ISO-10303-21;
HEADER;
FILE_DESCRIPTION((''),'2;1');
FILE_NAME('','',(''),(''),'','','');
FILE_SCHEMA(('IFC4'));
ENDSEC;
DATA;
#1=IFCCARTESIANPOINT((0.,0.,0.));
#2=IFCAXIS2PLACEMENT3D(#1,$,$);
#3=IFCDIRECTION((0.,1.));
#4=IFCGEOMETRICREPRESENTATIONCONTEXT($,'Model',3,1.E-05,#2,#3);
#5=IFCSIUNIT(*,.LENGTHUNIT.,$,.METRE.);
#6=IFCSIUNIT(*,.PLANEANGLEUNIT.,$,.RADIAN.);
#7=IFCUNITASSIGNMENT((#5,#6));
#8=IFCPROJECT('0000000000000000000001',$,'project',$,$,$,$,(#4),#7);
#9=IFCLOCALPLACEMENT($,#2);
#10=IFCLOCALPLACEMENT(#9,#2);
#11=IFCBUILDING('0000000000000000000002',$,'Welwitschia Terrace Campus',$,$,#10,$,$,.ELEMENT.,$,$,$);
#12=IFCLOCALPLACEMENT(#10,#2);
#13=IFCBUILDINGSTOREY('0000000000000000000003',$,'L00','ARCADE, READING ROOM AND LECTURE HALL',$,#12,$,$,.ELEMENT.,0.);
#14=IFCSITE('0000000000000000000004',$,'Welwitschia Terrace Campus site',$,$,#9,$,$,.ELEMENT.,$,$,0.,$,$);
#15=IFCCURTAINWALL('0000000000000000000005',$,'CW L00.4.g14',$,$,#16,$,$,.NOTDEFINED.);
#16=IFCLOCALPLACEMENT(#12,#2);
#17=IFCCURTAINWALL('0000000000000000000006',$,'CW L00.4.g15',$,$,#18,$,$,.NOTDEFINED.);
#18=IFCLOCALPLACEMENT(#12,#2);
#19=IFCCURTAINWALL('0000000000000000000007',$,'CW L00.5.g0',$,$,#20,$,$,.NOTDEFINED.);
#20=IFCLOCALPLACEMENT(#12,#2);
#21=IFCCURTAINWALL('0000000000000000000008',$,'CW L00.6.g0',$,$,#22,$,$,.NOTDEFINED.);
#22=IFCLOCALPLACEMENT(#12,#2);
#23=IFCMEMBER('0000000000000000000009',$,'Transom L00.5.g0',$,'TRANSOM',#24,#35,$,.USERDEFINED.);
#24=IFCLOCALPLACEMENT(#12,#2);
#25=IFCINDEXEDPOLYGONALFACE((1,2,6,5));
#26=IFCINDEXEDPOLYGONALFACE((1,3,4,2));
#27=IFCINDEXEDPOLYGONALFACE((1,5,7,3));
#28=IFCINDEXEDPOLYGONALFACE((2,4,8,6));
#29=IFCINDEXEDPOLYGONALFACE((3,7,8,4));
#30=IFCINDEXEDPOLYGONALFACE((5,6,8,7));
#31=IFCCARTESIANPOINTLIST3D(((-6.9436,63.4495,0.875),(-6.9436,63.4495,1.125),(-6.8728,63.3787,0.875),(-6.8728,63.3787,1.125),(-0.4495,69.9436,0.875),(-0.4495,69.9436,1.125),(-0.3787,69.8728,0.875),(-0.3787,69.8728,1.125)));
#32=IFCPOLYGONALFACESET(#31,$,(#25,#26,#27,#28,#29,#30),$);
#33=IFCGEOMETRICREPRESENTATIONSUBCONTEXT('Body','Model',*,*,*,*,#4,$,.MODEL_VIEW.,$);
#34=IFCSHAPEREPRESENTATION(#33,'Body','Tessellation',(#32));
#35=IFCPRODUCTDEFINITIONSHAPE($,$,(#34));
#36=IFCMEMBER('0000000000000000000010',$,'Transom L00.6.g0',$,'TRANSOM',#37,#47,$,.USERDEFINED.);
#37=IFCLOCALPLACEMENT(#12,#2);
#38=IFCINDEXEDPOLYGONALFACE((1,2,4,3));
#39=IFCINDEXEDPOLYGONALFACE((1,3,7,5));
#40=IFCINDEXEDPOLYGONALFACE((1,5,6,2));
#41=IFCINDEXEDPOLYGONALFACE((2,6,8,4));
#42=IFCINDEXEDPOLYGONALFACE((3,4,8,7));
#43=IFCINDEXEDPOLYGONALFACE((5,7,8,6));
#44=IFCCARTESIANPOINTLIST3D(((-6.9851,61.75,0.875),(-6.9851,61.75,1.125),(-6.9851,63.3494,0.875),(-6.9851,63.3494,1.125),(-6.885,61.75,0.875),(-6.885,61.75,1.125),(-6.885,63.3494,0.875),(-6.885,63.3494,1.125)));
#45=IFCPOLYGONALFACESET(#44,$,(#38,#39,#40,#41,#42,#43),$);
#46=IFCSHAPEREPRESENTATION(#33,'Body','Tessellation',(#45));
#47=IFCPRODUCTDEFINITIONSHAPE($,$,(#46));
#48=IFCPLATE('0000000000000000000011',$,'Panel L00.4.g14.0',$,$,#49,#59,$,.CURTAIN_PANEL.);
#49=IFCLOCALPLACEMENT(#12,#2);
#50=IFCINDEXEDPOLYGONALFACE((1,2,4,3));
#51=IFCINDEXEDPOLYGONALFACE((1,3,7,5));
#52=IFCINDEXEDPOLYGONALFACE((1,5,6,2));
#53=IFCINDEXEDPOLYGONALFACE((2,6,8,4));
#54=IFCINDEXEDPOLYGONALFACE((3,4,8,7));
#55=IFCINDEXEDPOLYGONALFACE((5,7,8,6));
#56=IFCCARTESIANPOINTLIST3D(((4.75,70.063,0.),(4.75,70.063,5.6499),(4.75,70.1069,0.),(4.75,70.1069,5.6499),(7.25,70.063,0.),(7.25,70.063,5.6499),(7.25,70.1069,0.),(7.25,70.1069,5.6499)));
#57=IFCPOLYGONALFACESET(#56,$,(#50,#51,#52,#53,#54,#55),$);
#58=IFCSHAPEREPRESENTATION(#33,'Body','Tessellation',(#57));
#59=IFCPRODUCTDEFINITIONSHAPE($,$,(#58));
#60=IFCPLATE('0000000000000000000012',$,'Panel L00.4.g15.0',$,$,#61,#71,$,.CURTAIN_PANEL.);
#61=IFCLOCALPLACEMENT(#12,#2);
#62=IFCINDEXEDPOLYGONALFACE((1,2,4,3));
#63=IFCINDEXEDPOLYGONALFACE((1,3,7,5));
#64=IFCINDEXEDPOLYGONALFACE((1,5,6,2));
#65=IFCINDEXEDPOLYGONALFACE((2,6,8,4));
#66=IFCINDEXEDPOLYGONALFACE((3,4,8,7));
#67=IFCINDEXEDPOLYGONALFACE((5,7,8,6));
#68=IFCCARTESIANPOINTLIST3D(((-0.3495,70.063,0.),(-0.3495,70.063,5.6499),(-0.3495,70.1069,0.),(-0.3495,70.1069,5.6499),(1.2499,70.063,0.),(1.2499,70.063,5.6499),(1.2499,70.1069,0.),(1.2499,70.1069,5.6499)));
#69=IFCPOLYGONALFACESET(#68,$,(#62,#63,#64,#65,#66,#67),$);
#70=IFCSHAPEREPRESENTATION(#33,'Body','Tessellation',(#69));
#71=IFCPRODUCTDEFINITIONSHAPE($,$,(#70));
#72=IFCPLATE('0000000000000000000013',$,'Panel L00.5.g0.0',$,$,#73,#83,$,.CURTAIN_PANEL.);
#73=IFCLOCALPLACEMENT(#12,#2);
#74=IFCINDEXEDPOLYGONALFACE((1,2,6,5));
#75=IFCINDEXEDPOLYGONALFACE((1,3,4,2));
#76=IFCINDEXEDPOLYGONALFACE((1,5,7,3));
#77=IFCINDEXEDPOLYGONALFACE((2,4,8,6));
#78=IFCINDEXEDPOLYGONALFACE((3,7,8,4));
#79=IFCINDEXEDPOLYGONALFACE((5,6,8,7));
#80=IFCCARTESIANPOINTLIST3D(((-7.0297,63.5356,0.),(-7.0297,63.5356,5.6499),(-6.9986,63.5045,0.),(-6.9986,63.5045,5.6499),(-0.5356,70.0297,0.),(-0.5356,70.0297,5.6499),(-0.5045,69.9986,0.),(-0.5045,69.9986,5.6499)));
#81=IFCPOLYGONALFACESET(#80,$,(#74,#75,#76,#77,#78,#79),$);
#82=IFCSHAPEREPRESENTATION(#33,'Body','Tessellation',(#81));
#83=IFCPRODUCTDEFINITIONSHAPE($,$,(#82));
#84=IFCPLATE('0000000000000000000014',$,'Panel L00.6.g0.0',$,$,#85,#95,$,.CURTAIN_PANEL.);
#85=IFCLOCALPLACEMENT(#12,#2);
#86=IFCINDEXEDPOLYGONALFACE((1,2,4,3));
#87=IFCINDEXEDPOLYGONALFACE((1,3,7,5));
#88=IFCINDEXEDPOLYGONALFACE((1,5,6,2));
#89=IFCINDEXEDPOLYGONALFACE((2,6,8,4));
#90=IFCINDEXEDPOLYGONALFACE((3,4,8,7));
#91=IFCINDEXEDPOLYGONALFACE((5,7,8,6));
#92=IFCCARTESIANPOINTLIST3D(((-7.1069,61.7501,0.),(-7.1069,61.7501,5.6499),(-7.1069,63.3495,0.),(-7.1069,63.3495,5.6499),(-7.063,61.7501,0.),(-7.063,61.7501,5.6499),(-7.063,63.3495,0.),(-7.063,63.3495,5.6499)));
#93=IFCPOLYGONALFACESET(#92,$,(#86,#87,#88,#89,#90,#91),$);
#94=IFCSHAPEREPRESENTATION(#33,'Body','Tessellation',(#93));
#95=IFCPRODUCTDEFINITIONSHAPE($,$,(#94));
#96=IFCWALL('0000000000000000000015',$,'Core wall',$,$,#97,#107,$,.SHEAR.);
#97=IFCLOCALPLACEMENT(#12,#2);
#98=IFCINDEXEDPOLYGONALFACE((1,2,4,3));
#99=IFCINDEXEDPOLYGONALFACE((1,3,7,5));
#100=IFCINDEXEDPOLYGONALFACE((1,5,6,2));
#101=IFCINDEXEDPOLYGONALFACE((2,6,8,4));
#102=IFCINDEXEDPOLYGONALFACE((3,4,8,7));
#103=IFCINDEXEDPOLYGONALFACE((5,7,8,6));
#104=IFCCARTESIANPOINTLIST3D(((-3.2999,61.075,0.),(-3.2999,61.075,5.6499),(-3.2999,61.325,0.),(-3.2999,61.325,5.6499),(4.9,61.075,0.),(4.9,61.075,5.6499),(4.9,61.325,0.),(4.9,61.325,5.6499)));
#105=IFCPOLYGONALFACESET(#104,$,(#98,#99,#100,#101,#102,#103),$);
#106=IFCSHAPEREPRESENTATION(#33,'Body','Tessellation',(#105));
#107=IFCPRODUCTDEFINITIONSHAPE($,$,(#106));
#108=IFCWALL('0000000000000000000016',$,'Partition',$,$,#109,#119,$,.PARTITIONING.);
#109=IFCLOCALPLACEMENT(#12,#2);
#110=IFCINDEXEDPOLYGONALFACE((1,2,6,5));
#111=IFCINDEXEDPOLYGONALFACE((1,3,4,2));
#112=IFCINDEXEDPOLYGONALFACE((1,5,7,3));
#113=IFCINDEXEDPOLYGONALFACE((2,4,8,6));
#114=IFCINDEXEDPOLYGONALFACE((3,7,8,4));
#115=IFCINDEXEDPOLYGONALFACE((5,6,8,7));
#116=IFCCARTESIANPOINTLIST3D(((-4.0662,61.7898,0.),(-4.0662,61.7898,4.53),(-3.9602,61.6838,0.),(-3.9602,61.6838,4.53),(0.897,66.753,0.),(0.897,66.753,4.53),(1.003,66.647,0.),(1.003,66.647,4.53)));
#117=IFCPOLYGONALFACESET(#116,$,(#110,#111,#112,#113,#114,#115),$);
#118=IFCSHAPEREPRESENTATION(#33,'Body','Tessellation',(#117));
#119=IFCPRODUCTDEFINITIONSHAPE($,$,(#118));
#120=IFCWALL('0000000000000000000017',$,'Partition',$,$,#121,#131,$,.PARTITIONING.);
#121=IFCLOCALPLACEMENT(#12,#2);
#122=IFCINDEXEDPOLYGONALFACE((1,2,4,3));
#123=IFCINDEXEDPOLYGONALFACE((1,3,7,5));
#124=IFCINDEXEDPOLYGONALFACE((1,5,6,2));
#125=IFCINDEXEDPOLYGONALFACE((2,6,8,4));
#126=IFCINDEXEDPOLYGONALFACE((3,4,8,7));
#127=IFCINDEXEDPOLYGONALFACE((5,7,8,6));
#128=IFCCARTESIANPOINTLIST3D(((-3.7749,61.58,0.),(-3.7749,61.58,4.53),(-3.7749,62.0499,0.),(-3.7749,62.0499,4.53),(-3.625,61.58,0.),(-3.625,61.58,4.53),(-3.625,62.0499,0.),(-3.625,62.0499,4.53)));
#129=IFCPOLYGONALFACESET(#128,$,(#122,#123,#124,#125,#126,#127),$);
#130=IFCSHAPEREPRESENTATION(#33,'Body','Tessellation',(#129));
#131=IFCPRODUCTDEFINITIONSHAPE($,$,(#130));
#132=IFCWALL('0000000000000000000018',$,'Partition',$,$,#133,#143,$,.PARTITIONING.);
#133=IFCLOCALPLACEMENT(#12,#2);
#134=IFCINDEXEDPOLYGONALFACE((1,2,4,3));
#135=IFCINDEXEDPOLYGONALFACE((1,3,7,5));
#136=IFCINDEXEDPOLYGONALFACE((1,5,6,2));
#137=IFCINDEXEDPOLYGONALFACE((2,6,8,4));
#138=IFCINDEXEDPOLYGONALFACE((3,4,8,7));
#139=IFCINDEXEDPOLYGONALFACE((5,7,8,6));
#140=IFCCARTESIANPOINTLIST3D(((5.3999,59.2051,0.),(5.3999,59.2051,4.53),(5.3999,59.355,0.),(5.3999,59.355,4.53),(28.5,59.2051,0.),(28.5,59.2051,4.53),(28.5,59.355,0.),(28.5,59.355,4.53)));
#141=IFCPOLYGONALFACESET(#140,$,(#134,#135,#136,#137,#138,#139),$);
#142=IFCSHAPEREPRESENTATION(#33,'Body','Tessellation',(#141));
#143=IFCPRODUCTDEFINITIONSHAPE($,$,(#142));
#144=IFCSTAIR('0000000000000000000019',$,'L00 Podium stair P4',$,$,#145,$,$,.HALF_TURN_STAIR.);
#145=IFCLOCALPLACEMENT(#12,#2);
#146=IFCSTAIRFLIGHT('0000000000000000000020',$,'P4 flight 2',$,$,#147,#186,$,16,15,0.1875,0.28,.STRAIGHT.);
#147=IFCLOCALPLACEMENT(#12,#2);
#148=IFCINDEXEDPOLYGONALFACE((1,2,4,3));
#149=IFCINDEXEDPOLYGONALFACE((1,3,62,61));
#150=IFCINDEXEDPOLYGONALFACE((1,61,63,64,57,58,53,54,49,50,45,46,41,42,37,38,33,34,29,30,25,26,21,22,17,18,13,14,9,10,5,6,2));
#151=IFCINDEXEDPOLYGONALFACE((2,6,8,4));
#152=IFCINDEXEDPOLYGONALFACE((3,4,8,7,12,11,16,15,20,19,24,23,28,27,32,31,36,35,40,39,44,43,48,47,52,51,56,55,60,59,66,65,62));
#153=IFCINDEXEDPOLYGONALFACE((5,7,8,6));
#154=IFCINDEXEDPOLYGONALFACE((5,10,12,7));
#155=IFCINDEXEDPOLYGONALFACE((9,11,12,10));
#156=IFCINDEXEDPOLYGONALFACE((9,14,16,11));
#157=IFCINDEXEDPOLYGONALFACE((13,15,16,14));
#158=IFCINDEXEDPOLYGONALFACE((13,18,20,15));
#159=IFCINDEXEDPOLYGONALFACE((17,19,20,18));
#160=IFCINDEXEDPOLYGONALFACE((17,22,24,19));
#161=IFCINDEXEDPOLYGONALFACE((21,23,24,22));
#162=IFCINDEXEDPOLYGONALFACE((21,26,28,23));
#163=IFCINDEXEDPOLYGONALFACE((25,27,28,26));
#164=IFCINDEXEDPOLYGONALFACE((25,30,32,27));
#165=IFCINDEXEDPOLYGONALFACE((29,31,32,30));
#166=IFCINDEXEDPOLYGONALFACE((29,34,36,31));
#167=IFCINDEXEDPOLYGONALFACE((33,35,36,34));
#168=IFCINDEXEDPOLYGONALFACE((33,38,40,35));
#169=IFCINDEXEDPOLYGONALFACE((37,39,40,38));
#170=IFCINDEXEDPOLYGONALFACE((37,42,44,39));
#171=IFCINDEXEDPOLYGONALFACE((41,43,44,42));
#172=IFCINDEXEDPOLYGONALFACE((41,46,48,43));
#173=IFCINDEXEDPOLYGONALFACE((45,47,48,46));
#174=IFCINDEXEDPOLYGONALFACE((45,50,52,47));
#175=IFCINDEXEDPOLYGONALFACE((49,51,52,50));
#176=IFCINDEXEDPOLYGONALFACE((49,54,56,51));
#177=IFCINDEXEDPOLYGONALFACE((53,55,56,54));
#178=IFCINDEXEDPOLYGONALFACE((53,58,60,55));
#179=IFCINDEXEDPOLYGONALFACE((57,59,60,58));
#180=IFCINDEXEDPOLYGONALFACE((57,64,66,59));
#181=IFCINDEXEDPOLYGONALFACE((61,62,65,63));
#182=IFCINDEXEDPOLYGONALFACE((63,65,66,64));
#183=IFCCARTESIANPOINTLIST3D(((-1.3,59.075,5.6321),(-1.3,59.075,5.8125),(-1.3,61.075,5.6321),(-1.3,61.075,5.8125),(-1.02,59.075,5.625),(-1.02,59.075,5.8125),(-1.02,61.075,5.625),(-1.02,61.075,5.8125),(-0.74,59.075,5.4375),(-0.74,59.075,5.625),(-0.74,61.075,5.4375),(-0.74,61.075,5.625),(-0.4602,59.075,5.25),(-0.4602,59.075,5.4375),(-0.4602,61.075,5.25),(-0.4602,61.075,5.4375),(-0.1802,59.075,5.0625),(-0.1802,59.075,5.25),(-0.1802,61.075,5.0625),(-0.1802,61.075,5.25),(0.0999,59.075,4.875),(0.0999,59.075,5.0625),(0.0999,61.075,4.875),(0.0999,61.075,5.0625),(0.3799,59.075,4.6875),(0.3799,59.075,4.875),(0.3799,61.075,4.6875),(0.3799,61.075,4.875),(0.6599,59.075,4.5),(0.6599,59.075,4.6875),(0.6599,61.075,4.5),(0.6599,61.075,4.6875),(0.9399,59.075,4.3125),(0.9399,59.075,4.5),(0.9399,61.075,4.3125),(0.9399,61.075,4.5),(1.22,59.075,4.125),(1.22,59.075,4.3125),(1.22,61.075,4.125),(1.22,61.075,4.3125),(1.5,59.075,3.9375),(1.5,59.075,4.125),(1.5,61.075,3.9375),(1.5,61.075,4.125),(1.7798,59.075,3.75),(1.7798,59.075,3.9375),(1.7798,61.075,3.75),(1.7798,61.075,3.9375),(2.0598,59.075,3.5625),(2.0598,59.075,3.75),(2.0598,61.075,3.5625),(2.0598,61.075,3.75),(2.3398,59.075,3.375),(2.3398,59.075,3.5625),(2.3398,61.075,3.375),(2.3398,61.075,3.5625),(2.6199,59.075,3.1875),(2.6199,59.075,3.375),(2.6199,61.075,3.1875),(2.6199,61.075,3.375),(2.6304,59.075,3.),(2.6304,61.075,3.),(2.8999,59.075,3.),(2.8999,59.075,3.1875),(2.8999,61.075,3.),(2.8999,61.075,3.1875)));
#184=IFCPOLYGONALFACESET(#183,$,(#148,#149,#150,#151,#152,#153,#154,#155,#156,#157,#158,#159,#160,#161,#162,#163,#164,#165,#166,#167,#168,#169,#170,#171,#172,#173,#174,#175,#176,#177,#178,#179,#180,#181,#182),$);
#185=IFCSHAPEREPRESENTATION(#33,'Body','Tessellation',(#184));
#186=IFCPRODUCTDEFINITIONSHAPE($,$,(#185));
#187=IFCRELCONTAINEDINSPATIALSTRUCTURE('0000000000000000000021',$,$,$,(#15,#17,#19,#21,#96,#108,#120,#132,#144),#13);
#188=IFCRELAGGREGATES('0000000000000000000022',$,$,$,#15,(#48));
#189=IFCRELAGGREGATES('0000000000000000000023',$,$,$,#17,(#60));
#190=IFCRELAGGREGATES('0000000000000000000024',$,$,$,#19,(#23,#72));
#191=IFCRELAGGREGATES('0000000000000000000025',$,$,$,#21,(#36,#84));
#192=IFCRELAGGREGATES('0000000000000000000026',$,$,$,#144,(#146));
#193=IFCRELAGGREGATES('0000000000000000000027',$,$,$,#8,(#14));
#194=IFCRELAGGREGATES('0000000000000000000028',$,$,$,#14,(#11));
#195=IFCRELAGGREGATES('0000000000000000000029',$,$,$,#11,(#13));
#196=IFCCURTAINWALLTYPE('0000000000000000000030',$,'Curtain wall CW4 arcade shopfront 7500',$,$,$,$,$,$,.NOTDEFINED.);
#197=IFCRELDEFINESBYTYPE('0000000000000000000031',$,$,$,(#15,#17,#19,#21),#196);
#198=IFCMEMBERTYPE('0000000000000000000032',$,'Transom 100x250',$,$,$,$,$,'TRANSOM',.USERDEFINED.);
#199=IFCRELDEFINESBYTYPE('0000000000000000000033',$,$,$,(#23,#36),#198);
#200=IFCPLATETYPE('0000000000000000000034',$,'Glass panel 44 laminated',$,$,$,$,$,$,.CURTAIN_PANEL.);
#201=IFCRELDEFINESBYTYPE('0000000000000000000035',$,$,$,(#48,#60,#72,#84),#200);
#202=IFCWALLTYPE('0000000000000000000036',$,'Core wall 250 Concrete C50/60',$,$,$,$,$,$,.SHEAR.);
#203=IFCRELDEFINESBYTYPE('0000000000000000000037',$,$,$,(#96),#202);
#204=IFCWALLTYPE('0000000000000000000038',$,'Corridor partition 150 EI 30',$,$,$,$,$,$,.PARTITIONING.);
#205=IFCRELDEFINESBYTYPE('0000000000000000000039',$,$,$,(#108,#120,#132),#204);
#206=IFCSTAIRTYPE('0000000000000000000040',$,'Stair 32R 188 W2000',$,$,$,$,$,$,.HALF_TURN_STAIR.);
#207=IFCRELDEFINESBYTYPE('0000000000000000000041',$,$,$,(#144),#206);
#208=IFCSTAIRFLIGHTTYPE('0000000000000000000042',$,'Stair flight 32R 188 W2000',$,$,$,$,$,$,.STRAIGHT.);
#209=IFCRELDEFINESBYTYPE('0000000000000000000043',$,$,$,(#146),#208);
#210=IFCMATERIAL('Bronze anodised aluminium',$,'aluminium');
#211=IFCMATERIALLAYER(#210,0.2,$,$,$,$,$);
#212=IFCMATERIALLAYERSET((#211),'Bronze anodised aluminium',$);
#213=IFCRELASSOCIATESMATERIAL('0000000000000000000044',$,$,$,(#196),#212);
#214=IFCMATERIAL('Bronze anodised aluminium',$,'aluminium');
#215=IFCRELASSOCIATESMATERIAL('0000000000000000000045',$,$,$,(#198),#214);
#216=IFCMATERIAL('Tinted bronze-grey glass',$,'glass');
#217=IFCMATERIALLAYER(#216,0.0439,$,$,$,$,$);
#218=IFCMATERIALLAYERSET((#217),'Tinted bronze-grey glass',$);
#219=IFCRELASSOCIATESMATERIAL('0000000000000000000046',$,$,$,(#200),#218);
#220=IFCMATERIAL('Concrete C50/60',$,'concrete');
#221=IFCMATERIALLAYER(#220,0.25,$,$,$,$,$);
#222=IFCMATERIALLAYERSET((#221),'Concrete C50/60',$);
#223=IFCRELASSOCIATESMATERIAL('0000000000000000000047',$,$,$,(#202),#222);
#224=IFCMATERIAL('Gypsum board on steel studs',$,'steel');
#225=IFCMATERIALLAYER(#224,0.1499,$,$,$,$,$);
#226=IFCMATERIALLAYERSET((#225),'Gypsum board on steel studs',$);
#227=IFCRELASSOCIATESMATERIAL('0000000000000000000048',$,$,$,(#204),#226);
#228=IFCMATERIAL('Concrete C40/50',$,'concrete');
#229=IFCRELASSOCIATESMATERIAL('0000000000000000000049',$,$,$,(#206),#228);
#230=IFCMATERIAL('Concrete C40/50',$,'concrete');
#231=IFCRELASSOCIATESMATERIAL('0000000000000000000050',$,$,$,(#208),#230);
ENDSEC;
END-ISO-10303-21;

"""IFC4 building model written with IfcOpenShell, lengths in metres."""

from ifc_helpers import new_model, si_unit, direction, frame, frame_2d, origin, origin_2d, place, context, subcontext, project, spatial, polyline, rectangle, outline, extrude, material, layer, layer_set, material_profile, profile_set, type_object, element, aggregate, save


model = new_model("IFC4")

# Units and contexts
model_context = context("Model", 3, precision=1e-05, world=origin(), true_north=direction((0.0, 1.0)))
body_context = subcontext(model_context, "Body", "Model", "MODEL_VIEW")
ifc_project = project(units=[si_unit("LENGTHUNIT", "METRE"), si_unit("PLANEANGLEUNIT", "RADIAN")], contexts=[model_context])

# Site, building, storey
site_placement = place(None, origin())
site = spatial("IfcSite", under=ifc_project, at=site_placement, Name="Welwitschia Terrace Campus site", CompositionType="ELEMENT", RefElevation=0.0)
building_placement = place(site_placement, origin())
building = spatial("IfcBuilding", under=site, at=building_placement, Name="Welwitschia Terrace Campus", CompositionType="ELEMENT")
storey_placement = place(building_placement, origin())
storey = spatial("IfcBuildingStorey", under=building, at=storey_placement, Name="L00", Description="ARCADE, READING ROOM AND LECTURE HALL", CompositionType="ELEMENT", Elevation=0.0)

# Curtain wall
ifc_material_1 = material(Name="Bronze anodised aluminium", Category="aluminium")
ifc_layer_1 = layer(ifc_material_1, 0.2)
ifc_layer_set_1 = layer_set([ifc_layer_1], Name="Bronze anodised aluminium")
curtain_wall_type = type_object("IfcCurtainWallType", Name="Curtain wall CW4 arcade shopfront 7500", PredefinedType="NOTDEFINED", material=ifc_layer_set_1)
curtain_wall_1_placement = place(storey_placement, origin())
curtain_wall_1 = element("IfcCurtainWall", 1, at=curtain_wall_1_placement, inside=storey, type_object=curtain_wall_type, Name="CW L00.4.g14", PredefinedType="NOTDEFINED")

# Curtain walls
curtain_wall_2_placement = place(storey_placement, origin())
curtain_wall_2 = element("IfcCurtainWall", 2, at=curtain_wall_2_placement, inside=storey, type_object=curtain_wall_type, Name="CW L00.4.g15", PredefinedType="NOTDEFINED")
curtain_wall_3_placement = place(storey_placement, origin())
curtain_wall_3 = element("IfcCurtainWall", 3, at=curtain_wall_3_placement, inside=storey, type_object=curtain_wall_type, Name="CW L00.5.g0", PredefinedType="NOTDEFINED")
curtain_wall_4_placement = place(storey_placement, origin())
curtain_wall_4 = element("IfcCurtainWall", 4, at=curtain_wall_4_placement, inside=storey, type_object=curtain_wall_type, Name="CW L00.6.g0", PredefinedType="NOTDEFINED")

# Members
ifc_material_2 = material(Name="Bronze anodised aluminium", Category="aluminium")
ifc_material_profile_1 = material_profile(ifc_material_2, rectangle(XDim=0.1001, YDim=0.25, at=origin_2d()))
ifc_profile_set_1 = profile_set([ifc_material_profile_1], Name="Bronze anodised aluminium")
member_type_1 = type_object("IfcMemberType", Name="Transom 100x250", ElementType="TRANSOM", PredefinedType="USERDEFINED", material=ifc_profile_set_1)
member_1_placement = place(storey_placement, frame((-0.4141, 69.9082, 1.0), z_axis=(-0.707107, -0.707107, 0.0), x_axis=(0.707107, -0.707107, 0.0)))
member_1 = element("IfcMember", 5, at=member_1_placement, type_object=member_type_1, Name="Transom L00.5.g0", ObjectType="TRANSOM", PredefinedType="USERDEFINED", context=body_context, shape_type="SweptSolid", body=[
    extrude(rectangle(XDim=0.1001, YDim=0.25, at=origin_2d()), origin(), (0.0, 0.0, 1.0), 9.1841),
])
member_2_placement = place(storey_placement, frame((-6.9351, 63.3494, 1.0), z_axis=(0.0, -1.0, 0.0), x_axis=(1.0, 0.0, 0.0)))
member_2 = element("IfcMember", 6, at=member_2_placement, type_object=member_type_1, Name="Transom L00.6.g0", ObjectType="TRANSOM", PredefinedType="USERDEFINED", context=body_context, shape_type="SweptSolid", body=[
    extrude(rectangle(XDim=0.1001, YDim=0.25, at=origin_2d()), origin(), (0.0, 0.0, 1.0), 1.5994),
])

# Plates
ifc_material_3 = material(Name="Tinted bronze-grey glass", Category="glass")
ifc_layer_2 = layer(ifc_material_3, 0.0439)
ifc_layer_set_2 = layer_set([ifc_layer_2], Name="Tinted bronze-grey glass")
plate_type = type_object("IfcPlateType", Name="Glass panel 44 laminated", PredefinedType="CURTAIN_PANEL", material=ifc_layer_set_2)
plate_1_placement = place(storey_placement, frame((6.0, 70.085, 0.0), z_axis=(0.0, 0.0, 1.0), x_axis=(-1.0, 0.0, 0.0)))
plate_1 = element("IfcPlate", 7, at=plate_1_placement, type_object=plate_type, Name="Panel L00.4.g14.0", PredefinedType="CURTAIN_PANEL", context=body_context, shape_type="SweptSolid", body=[
    extrude(rectangle(XDim=2.5, YDim=0.0439, at=origin_2d()), origin(), (0.0, 0.0, 1.0), 5.6499),
])
aggregate(curtain_wall_1, [plate_1])
plate_2_placement = place(storey_placement, frame((0.4502, 70.085, 0.0), z_axis=(0.0, 0.0, 1.0), x_axis=(-1.0, 0.0, 0.0)))
plate_2 = element("IfcPlate", 8, at=plate_2_placement, type_object=plate_type, Name="Panel L00.4.g15.0", PredefinedType="CURTAIN_PANEL", context=body_context, shape_type="SweptSolid", body=[
    extrude(rectangle(XDim=1.5994, YDim=0.0439, at=origin_2d()), origin(), (0.0, 0.0, 1.0), 5.6499),
])
aggregate(curtain_wall_2, [plate_2])
plate_3_placement = place(storey_placement, frame((-3.7671, 66.7671, 0.0), z_axis=(0.0, 0.0, 1.0), x_axis=(-0.707107, -0.707107, 0.0)))
plate_3 = element("IfcPlate", 9, at=plate_3_placement, type_object=plate_type, Name="Panel L00.5.g0.0", PredefinedType="CURTAIN_PANEL", context=body_context, shape_type="SweptSolid", body=[
    extrude(rectangle(XDim=9.1841, YDim=0.0439, at=origin_2d()), origin(), (0.0, 0.0, 1.0), 5.6499),
])
aggregate(curtain_wall_3, [member_1, plate_3])
plate_4_placement = place(storey_placement, frame((-7.085, 62.5498, 0.0), z_axis=(0.0, 0.0, 1.0), x_axis=(0.0, -1.0, 0.0)))
plate_4 = element("IfcPlate", 10, at=plate_4_placement, type_object=plate_type, Name="Panel L00.6.g0.0", PredefinedType="CURTAIN_PANEL", context=body_context, shape_type="SweptSolid", body=[
    extrude(rectangle(XDim=1.5994, YDim=0.0439, at=origin_2d()), origin(), (0.0, 0.0, 1.0), 5.6499),
])
aggregate(curtain_wall_4, [member_2, plate_4])

# Walls
ifc_material_4 = material(Name="Concrete C50/60", Category="concrete")
ifc_layer_3 = layer(ifc_material_4, 0.25)
ifc_layer_set_3 = layer_set([ifc_layer_3], Name="Concrete C50/60")
wall_type_1 = type_object("IfcWallType", Name="Core wall 250 Concrete C50/60", PredefinedType="SHEAR", material=ifc_layer_set_3)
wall_1_placement = place(storey_placement, frame((-3.3, 61.2, 0.0), z_axis=(0.0, 0.0, 1.0), x_axis=(1.0, 0.0, 0.0)))
element("IfcWall", 11, at=wall_1_placement, inside=storey, type_object=wall_type_1, Name="Core wall", PredefinedType="SHEAR", context=body_context, shape_type="SweptSolid", body=[
    extrude(rectangle(XDim=8.2, YDim=0.25, at=frame_2d((4.1001, 0.0))), origin(), (0.0, 0.0, 1.0), 5.6499),
])
ifc_material_5 = material(Name="Gypsum board on steel studs", Category="steel")
ifc_layer_4 = layer(ifc_material_5, 0.1499)
ifc_layer_set_4 = layer_set([ifc_layer_4], Name="Gypsum board on steel studs")
wall_type_2 = type_object("IfcWallType", Name="Corridor partition 150 EI 30", PredefinedType="PARTITIONING", material=ifc_layer_set_4)
wall_2_placement = place(storey_placement, frame((-4.0132, 61.7368, 0.0), z_axis=(0.0, 0.0, 1.0), x_axis=(0.707107, 0.707107, 0.0)))
element("IfcWall", 12, at=wall_2_placement, inside=storey, type_object=wall_type_2, Name="Partition", PredefinedType="PARTITIONING", context=body_context, shape_type="SweptSolid", body=[
    extrude(rectangle(XDim=7.019, YDim=0.1499, at=frame_2d((3.5095, 0.0))), origin(), (0.0, 0.0, 1.0), 4.53),
])
wall_3_placement = place(storey_placement, frame((-3.7, 61.5801, 0.0), z_axis=(0.0, 0.0, 1.0), x_axis=(0.0, 1.0, 0.0)))
element("IfcWall", 13, at=wall_3_placement, inside=storey, type_object=wall_type_2, Name="Partition", PredefinedType="PARTITIONING", context=body_context, shape_type="SweptSolid", body=[
    extrude(rectangle(XDim=0.47, YDim=0.1499, at=frame_2d((0.2349, 0.0))), origin(), (0.0, 0.0, 1.0), 4.53),
])
wall_4_placement = place(storey_placement, frame((5.3999, 59.28, 0.0), z_axis=(0.0, 0.0, 1.0), x_axis=(1.0, 0.0, 0.0)))
element("IfcWall", 14, at=wall_4_placement, inside=storey, type_object=wall_type_2, Name="Partition", PredefinedType="PARTITIONING", context=body_context, shape_type="SweptSolid", body=[
    extrude(rectangle(XDim=23.1001, YDim=0.1499, at=frame_2d((11.55, 0.0))), origin(), (0.0, 0.0, 1.0), 4.53),
])

# Stair, stair flight
ifc_material_6 = material(Name="Concrete C40/50", Category="concrete")
stair_type = type_object("IfcStairType", Name="Stair 32R 188 W2000", PredefinedType="HALF_TURN_STAIR", material=ifc_material_6)
stair_placement = place(storey_placement, origin())
stair = element("IfcStair", 15, at=stair_placement, inside=storey, type_object=stair_type, Name="L00 Podium stair P4", PredefinedType="HALF_TURN_STAIR")
ifc_material_7 = material(Name="Concrete C40/50", Category="concrete")
stair_flight_type = type_object("IfcStairFlightType", Name="Stair flight 32R 188 W2000", PredefinedType="STRAIGHT", material=ifc_material_7)
stair_flight_placement = place(storey_placement, frame((2.8999, 60.075, 3.0), z_axis=(0.0, 0.0, 1.0), x_axis=(-1.0, 0.0, 0.0)))
stair_flight = element("IfcStairFlight", 16, at=stair_flight_placement, type_object=stair_flight_type, Name="P4 flight 2", NumberOfRisers=16, NumberOfTreads=15, PredefinedType="STRAIGHT", RiserHeight=0.1875, TreadLength=0.28, context=body_context, shape_type="SweptSolid", body=[
    extrude(outline(polyline([(0.0, 0.0), (0.0, 0.1875), (0.28, 0.1875), (0.28, 0.375), (0.5601, 0.375), (0.5601, 0.5625), (0.8401, 0.5625), (0.8401, 0.75), (1.1201, 0.75), (1.1201, 0.9375), (1.3999, 0.9375), (1.3999, 1.125), (1.6799, 1.125), (1.6799, 1.3125), (1.96, 1.3125), (1.96, 1.5), (2.24, 1.5), (2.24, 1.6875), (2.52, 1.6875), (2.52, 1.875), (2.8, 1.875), (2.8, 2.0625), (3.0801, 2.0625), (3.0801, 2.25), (3.3601, 2.25), (3.3601, 2.4375), (3.6399, 2.4375), (3.6399, 2.625), (3.9199, 2.625), (3.9199, 2.8125), (4.2, 2.8125), (4.2, 3.0), (4.2, 2.6321), (0.2695, 0.0), (0.0, 0.0)])), frame((0.0, 1.0, 0.0), z_axis=(0.0, -1.0, 0.0), x_axis=(1.0, 0.0, 0.0)), (0.0, 0.0, 1.0), 2.0),
])
aggregate(stair, [stair_flight])

save(model, "model.ifc")
